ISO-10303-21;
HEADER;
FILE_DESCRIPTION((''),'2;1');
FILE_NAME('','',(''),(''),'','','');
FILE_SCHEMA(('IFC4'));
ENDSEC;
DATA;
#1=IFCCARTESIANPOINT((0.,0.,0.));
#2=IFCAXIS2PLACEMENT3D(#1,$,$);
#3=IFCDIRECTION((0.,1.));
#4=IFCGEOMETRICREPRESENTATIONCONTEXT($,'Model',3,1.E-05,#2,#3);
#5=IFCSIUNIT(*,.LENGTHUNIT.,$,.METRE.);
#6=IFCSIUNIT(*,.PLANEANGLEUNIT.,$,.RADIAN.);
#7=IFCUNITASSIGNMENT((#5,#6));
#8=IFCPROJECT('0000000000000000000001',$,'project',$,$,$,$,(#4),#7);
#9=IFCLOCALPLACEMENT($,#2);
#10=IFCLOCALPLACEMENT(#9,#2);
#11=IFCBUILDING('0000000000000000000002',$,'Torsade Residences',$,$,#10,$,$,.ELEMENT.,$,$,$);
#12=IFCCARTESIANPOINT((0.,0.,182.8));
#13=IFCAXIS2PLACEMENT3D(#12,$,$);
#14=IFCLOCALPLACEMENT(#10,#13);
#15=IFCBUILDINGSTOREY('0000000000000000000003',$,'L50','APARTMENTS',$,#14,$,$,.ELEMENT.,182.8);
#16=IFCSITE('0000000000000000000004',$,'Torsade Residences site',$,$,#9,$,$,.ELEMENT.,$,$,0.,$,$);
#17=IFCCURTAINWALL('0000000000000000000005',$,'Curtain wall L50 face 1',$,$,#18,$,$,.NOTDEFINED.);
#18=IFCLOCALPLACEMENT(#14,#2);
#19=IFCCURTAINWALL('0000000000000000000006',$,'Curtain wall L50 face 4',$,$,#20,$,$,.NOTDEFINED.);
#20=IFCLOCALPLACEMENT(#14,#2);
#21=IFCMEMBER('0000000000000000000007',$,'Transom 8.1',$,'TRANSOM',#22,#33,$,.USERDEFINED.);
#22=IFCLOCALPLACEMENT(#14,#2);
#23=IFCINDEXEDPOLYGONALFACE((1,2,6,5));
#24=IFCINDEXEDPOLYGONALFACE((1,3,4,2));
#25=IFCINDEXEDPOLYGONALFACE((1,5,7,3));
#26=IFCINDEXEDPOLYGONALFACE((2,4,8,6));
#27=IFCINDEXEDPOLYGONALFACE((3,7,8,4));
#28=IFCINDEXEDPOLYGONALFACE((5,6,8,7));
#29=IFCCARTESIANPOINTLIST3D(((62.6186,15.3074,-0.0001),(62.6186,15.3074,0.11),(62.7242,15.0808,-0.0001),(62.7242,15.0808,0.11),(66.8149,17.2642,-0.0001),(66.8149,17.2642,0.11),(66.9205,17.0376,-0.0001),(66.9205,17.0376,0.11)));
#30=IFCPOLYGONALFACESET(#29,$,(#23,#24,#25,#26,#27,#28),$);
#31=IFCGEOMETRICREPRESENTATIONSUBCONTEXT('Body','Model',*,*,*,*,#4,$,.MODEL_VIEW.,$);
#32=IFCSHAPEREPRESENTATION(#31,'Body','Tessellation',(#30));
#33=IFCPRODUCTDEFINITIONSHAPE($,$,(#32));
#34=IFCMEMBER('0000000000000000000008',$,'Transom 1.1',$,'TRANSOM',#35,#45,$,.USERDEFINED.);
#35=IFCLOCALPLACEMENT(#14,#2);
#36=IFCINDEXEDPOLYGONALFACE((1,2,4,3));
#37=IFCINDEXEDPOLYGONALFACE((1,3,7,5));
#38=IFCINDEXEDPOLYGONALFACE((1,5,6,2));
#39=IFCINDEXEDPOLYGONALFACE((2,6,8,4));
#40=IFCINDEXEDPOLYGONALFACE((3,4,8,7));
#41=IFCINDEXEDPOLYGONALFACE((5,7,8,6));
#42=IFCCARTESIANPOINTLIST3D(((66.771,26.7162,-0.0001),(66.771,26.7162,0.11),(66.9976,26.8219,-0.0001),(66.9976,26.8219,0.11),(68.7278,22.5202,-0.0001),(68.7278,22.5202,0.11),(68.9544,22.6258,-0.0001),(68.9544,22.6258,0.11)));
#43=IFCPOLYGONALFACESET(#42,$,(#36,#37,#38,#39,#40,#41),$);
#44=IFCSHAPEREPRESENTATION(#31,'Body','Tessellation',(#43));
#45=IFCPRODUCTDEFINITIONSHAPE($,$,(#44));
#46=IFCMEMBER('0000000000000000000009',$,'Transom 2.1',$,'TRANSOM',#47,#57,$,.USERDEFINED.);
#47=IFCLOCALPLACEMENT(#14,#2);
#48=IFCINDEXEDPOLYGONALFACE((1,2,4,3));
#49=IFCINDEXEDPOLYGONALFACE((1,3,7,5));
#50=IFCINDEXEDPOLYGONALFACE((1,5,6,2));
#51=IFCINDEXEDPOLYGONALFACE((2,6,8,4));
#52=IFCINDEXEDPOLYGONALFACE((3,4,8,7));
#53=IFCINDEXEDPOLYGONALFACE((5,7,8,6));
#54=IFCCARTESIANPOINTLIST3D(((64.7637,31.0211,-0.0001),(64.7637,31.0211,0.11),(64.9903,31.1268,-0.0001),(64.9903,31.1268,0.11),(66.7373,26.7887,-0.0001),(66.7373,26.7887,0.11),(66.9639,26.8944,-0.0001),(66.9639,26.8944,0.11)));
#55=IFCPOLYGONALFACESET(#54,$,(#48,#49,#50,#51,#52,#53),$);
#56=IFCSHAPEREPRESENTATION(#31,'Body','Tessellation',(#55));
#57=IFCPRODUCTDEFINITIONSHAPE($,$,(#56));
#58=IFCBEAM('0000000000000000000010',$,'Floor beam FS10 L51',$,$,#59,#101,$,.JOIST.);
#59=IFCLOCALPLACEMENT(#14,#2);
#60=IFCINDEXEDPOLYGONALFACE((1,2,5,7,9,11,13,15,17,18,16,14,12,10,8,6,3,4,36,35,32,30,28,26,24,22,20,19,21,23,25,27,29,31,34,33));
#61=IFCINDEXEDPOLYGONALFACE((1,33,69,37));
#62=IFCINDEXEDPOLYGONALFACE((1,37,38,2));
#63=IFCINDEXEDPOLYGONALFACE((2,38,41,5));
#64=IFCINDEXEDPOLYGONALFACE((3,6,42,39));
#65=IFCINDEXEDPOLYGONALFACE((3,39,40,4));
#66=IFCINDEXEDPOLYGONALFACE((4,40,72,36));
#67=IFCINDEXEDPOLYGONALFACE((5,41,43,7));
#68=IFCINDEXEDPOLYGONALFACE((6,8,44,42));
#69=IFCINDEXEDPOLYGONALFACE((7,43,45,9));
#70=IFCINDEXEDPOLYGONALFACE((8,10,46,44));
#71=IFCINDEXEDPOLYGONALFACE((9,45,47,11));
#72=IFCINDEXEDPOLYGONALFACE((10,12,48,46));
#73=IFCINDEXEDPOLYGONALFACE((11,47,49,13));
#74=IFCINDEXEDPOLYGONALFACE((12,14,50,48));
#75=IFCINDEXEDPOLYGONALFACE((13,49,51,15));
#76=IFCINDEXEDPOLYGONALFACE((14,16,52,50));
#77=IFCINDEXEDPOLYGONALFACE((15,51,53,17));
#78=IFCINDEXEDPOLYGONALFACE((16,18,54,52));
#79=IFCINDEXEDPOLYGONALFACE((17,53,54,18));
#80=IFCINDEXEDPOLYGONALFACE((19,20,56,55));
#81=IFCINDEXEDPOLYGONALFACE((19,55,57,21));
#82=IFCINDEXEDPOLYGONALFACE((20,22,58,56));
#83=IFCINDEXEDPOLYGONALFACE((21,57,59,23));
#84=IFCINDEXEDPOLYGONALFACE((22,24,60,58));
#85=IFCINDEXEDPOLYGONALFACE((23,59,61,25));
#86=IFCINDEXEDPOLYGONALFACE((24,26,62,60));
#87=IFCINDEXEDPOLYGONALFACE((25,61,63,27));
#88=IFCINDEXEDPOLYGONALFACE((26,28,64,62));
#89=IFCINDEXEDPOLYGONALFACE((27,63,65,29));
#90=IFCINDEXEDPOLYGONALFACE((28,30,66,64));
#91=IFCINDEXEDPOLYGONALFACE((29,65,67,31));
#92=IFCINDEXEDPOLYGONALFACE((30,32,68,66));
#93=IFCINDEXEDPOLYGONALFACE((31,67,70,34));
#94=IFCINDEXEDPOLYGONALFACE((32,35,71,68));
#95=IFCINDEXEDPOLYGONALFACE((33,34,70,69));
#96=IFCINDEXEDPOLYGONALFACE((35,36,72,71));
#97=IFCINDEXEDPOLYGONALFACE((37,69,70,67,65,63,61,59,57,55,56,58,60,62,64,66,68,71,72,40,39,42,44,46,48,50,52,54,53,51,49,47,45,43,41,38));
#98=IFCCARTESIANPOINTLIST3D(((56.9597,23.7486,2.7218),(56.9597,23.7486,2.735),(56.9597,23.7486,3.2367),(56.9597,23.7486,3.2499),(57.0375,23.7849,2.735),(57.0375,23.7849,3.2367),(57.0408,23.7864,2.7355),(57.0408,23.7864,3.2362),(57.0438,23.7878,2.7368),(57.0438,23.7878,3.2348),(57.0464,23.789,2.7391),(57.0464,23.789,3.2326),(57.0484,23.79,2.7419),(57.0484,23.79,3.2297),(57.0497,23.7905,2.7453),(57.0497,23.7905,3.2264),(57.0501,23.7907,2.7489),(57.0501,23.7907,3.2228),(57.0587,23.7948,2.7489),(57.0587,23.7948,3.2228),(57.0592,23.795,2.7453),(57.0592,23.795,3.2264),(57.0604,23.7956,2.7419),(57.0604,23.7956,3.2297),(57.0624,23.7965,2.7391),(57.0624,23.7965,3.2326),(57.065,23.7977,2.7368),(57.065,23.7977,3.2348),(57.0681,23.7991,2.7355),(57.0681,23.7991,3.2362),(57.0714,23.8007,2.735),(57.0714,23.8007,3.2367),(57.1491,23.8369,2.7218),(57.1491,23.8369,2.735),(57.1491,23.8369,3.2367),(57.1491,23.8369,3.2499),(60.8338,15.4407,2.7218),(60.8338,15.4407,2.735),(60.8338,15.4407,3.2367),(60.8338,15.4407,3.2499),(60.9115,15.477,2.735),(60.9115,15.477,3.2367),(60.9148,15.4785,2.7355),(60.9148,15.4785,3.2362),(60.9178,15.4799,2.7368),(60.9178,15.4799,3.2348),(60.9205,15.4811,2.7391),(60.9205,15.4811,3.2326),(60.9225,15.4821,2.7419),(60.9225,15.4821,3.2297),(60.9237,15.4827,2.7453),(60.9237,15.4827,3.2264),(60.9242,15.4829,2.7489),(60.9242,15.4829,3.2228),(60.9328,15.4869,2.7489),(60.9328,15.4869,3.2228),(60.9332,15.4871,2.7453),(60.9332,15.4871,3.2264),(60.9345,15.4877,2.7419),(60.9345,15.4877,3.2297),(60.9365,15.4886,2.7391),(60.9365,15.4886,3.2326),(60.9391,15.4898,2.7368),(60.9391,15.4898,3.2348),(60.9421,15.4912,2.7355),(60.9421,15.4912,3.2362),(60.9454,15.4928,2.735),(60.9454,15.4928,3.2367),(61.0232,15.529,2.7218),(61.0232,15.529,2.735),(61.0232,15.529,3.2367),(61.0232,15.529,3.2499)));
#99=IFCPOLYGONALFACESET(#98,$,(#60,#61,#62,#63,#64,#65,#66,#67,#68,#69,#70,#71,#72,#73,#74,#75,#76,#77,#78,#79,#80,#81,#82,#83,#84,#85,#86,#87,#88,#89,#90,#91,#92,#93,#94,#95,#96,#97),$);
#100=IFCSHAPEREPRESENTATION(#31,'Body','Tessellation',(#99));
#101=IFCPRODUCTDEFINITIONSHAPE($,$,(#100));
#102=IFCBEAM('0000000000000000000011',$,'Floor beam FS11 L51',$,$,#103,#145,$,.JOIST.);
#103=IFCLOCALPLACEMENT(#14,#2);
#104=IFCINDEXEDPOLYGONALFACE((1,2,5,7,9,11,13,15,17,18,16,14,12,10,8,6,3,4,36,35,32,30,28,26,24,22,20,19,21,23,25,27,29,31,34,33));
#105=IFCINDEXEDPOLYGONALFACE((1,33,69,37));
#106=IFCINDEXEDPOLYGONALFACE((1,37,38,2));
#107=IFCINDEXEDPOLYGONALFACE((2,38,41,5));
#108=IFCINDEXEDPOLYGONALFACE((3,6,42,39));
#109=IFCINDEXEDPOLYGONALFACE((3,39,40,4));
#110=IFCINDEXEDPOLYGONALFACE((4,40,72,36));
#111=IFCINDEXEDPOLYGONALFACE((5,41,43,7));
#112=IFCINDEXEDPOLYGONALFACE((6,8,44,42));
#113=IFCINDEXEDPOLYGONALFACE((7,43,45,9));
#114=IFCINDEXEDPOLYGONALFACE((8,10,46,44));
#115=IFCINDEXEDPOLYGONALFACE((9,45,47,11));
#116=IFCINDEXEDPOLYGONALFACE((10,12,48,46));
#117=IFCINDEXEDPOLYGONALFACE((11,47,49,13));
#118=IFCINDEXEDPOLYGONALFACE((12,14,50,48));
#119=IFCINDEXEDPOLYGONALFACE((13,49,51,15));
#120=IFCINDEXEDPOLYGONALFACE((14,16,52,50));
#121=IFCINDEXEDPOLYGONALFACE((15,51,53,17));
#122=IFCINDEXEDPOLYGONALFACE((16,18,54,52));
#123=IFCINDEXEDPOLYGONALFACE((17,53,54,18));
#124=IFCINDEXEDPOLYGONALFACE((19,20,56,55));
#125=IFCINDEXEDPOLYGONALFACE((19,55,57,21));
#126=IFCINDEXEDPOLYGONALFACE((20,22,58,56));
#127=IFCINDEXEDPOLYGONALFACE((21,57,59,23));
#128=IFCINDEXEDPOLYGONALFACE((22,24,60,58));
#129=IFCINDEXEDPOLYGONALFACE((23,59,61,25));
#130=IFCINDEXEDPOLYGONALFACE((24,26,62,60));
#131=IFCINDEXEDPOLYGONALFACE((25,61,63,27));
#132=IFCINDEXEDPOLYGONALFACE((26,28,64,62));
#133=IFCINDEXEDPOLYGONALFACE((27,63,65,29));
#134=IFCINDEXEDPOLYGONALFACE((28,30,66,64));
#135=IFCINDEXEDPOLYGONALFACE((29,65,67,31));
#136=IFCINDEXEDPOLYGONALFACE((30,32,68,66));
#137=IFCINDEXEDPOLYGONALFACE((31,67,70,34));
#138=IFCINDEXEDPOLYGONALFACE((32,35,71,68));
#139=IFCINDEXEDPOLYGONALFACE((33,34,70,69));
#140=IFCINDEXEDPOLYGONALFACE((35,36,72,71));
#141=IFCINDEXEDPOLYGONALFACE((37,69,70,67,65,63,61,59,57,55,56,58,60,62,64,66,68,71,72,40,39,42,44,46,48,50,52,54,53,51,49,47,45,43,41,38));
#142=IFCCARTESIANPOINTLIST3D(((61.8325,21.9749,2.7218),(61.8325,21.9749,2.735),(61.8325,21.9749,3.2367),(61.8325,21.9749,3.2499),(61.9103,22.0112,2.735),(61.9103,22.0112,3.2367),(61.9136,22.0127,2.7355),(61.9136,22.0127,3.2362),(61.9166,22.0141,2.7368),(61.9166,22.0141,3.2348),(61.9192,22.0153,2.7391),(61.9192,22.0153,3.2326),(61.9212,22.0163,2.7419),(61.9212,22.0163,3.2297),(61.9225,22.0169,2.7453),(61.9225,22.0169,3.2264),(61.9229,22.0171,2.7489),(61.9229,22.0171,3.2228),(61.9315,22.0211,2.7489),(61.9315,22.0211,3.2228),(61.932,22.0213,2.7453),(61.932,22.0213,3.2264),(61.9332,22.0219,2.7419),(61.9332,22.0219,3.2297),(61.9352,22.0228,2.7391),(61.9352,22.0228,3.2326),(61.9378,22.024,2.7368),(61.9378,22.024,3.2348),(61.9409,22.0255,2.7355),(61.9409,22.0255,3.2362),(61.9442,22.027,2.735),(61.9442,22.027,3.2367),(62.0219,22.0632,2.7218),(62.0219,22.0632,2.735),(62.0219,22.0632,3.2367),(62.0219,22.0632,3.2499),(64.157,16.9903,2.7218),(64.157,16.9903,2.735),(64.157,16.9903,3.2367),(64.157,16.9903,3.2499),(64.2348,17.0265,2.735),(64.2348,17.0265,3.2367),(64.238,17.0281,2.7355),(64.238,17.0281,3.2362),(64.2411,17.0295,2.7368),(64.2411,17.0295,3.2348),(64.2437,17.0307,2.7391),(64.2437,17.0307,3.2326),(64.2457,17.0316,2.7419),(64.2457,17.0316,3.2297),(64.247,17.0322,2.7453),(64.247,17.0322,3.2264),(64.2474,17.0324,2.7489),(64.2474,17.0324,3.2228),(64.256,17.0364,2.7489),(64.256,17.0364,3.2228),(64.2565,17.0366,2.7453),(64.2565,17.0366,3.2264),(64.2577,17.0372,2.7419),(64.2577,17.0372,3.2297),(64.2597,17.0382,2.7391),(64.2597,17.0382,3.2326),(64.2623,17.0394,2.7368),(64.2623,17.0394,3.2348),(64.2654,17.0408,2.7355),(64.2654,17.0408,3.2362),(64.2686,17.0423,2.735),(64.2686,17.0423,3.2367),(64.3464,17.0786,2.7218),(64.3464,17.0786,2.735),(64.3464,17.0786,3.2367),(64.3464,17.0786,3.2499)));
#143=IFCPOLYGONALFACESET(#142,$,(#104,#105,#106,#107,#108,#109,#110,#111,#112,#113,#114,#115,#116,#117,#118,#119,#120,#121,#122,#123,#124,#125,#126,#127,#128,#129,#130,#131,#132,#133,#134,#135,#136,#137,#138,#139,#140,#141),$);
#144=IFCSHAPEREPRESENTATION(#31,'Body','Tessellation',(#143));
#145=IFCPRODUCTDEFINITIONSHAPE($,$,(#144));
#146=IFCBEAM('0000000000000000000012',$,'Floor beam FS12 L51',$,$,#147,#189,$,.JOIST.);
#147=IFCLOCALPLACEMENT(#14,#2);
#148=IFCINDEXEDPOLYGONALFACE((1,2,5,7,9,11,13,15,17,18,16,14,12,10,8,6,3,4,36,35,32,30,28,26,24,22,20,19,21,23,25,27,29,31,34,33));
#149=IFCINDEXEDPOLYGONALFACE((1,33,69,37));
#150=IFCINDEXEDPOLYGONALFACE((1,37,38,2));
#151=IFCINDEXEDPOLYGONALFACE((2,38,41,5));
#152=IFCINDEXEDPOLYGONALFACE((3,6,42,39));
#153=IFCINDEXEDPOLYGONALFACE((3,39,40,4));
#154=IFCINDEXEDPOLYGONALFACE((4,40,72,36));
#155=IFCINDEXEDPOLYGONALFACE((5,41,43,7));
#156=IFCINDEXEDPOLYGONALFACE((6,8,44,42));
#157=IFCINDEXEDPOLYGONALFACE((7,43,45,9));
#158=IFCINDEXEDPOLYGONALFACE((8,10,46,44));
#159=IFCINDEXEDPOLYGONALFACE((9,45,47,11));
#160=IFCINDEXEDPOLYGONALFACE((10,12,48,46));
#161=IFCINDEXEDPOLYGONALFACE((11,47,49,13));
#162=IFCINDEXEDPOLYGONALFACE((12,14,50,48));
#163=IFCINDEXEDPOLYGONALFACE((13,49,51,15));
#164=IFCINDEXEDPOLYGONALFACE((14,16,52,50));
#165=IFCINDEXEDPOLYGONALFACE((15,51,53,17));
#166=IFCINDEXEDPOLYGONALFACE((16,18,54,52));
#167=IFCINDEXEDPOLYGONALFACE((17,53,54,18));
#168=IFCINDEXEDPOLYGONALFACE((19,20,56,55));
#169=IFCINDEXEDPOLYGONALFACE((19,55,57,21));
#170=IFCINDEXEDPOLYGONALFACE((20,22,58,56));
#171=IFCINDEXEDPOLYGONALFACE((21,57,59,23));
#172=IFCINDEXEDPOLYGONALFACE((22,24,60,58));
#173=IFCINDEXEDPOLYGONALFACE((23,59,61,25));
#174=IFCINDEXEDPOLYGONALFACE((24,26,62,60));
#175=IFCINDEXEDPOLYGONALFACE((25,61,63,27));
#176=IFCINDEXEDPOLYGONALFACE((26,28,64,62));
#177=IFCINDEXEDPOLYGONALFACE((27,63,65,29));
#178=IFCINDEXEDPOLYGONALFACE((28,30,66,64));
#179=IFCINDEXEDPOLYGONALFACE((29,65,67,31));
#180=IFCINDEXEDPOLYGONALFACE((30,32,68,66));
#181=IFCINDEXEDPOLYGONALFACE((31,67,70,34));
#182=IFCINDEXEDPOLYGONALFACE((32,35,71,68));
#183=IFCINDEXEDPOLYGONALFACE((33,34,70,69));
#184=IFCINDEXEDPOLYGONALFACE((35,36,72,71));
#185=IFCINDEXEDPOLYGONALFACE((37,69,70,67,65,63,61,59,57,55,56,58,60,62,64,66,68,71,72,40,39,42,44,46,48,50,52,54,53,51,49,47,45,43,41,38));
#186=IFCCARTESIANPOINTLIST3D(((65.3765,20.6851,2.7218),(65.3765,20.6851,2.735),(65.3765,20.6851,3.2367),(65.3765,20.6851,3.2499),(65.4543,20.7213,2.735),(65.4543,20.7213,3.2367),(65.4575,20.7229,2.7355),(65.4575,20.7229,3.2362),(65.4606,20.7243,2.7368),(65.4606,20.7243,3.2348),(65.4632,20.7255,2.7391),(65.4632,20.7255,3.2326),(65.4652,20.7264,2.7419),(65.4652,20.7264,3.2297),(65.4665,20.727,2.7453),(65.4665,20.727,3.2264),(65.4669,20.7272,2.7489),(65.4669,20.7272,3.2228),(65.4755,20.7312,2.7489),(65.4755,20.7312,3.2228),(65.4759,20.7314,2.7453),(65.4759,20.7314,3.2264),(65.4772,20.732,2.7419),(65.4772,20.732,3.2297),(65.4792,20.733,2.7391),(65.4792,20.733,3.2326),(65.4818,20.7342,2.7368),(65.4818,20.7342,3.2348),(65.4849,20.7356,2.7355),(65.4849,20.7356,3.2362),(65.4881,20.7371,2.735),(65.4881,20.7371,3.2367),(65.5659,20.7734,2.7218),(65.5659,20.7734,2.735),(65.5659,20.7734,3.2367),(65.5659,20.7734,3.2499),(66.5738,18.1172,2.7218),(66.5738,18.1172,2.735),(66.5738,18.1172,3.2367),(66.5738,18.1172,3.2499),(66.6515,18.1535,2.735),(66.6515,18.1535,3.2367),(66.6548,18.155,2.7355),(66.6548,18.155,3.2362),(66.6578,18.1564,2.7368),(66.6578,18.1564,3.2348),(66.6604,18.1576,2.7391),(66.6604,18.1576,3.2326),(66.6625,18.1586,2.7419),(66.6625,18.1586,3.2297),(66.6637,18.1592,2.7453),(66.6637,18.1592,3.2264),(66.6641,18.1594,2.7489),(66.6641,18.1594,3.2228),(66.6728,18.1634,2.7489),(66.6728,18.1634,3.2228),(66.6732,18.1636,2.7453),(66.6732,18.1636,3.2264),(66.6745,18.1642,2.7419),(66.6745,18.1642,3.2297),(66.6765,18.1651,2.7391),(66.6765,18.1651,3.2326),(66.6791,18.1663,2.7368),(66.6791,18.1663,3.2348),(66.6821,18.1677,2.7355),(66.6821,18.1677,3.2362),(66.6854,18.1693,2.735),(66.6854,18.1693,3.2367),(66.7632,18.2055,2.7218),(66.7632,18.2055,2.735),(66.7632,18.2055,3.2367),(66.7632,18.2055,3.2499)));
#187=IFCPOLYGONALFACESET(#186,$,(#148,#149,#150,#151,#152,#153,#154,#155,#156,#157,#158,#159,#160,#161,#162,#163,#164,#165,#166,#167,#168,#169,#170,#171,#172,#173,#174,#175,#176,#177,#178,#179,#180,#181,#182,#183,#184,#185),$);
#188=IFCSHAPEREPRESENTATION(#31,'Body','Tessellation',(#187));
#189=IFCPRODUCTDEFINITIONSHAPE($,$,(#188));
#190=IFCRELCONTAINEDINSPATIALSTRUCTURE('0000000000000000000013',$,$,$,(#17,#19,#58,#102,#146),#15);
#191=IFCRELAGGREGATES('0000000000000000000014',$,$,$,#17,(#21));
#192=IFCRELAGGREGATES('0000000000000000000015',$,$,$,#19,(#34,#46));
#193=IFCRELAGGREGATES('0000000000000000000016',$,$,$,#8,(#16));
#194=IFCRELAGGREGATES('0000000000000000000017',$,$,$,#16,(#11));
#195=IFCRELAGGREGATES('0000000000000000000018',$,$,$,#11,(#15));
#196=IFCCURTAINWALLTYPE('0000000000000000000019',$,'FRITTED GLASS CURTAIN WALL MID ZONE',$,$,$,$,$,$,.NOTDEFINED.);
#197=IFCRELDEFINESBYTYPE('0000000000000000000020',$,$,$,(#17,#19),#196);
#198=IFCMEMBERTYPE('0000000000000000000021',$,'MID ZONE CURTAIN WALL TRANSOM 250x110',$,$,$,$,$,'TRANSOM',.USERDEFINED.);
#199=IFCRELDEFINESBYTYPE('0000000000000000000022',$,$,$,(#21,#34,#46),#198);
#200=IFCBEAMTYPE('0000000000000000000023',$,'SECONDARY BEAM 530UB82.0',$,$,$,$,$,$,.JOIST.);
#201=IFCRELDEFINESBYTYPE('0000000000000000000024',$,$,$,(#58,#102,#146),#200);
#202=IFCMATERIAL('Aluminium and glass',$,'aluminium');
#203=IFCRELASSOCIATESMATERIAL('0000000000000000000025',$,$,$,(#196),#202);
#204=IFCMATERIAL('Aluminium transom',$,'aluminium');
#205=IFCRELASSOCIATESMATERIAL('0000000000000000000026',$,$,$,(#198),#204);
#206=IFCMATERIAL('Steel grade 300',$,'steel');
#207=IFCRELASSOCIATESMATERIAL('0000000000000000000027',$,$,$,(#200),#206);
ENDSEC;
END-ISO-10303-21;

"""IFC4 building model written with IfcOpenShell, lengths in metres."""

from ifc_helpers import new_model, si_unit, direction, frame, origin, origin_2d, place, context, subcontext, project, spatial, rectangle, i_section, extrude, material, material_profile, profile_set, type_object, element, aggregate, save


model = new_model("IFC4")

# Units and contexts
model_context = context("Model", 3, precision=1e-05, world=origin(), true_north=direction((0.0, 1.0)))
body_context = subcontext(model_context, "Body", "Model", "MODEL_VIEW")
ifc_project = project(units=[si_unit("LENGTHUNIT", "METRE"), si_unit("PLANEANGLEUNIT", "RADIAN")], contexts=[model_context])

# Site, building, storey
site_placement = place(None, origin())
site = spatial("IfcSite", under=ifc_project, at=site_placement, Name="Torsade Residences site", CompositionType="ELEMENT", RefElevation=0.0)
building_placement = place(site_placement, origin())
building = spatial("IfcBuilding", under=site, at=building_placement, Name="Torsade Residences", CompositionType="ELEMENT")
storey_placement = place(building_placement, frame((0.0, 0.0, 182.8)))
storey = spatial("IfcBuildingStorey", under=building, at=storey_placement, Name="L50", Description="APARTMENTS", CompositionType="ELEMENT", Elevation=182.8)

# Curtain walls
ifc_material_1 = material(Name="Aluminium and glass", Category="aluminium")
curtain_wall_type = type_object("IfcCurtainWallType", Name="FRITTED GLASS CURTAIN WALL MID ZONE", PredefinedType="NOTDEFINED", material=ifc_material_1)
curtain_wall_1_placement = place(storey_placement, origin())
curtain_wall_1 = element("IfcCurtainWall", 1, at=curtain_wall_1_placement, inside=storey, type_object=curtain_wall_type, Name="Curtain wall L50 face 1", PredefinedType="NOTDEFINED")
curtain_wall_2_placement = place(storey_placement, origin())
curtain_wall_2 = element("IfcCurtainWall", 2, at=curtain_wall_2_placement, inside=storey, type_object=curtain_wall_type, Name="Curtain wall L50 face 4", PredefinedType="NOTDEFINED")

# Members
ifc_material_2 = material(Name="Aluminium transom", Category="aluminium")
ifc_material_profile_1 = material_profile(ifc_material_2, rectangle(XDim=0.25, YDim=0.1101, at=origin_2d()), Name="MID ZONE CURTAIN WALL TRANSOM 250x110")
ifc_profile_set_1 = profile_set([ifc_material_profile_1], Name="Aluminium transom")
member_type_1 = type_object("IfcMemberType", Name="MID ZONE CURTAIN WALL TRANSOM 250x110", ElementType="TRANSOM", PredefinedType="USERDEFINED", material=ifc_profile_set_1)
member_1_placement = place(storey_placement, frame((62.6714, 15.1941, 0.0549), z_axis=(0.906306, 0.422623, 0.0), x_axis=(-0.422623, 0.906306, 0.0)))
member_1 = element("IfcMember", 3, at=member_1_placement, type_object=member_type_1, Name="Transom 8.1", ObjectType="TRANSOM", PredefinedType="USERDEFINED", context=body_context, shape_type="SweptSolid", body=[
    extrude(rectangle(XDim=0.25, YDim=0.1101, at=origin_2d()), origin(), (0.0, 0.0, 1.0), 4.6301),
])
member_2_placement = place(storey_placement, frame((68.8411, 22.573, 0.0549), z_axis=(-0.422643, 0.906296, 0.0), x_axis=(-0.906296, -0.422643, 0.0)))
member_2 = element("IfcMember", 4, at=member_2_placement, type_object=member_type_1, Name="Transom 1.1", ObjectType="TRANSOM", PredefinedType="USERDEFINED", context=body_context, shape_type="SweptSolid", body=[
    extrude(rectangle(XDim=0.25, YDim=0.1101, at=origin_2d()), origin(), (0.0, 0.0, 1.0), 4.6299),
])
member_3_placement = place(storey_placement, frame((66.8506, 26.8416, 0.0549), z_axis=(-0.422622, 0.906306, 0.0), x_axis=(-0.906306, -0.422622, 0.0)))
member_3 = element("IfcMember", 5, at=member_3_placement, type_object=member_type_1, Name="Transom 2.1", ObjectType="TRANSOM", PredefinedType="USERDEFINED", context=body_context, shape_type="SweptSolid", body=[
    extrude(rectangle(XDim=0.25, YDim=0.1101, at=origin_2d()), origin(), (0.0, 0.0, 1.0), 4.6699),
])

# Beams
ifc_material_3 = material(Name="Steel grade 300", Category="steel")
ifc_material_profile_2 = material_profile(ifc_material_3, i_section(OverallWidth=0.209, OverallDepth=0.5281, WebThickness=0.0095, FlangeThickness=0.0132, FilletRadius=0.0139, at=origin_2d()), Name="530UB82.0")
ifc_profile_set_2 = profile_set([ifc_material_profile_2], Name="Steel grade 300")
beam_type_1 = type_object("IfcBeamType", Name="SECONDARY BEAM 530UB82.0", PredefinedType="JOIST", material=ifc_profile_set_2)
beam_1_placement = place(storey_placement, frame((60.9285, 15.4849, 2.9858), z_axis=(-0.422619, 0.906308, 0.0), x_axis=(-0.906308, -0.422619, 0.0)))
element("IfcBeam", 6, at=beam_1_placement, inside=storey, type_object=beam_type_1, Name="Floor beam FS10 L51", PredefinedType="JOIST", context=body_context, shape_type="SweptSolid", body=[
    extrude(i_section(OverallWidth=0.209, OverallDepth=0.5281, WebThickness=0.0095, FlangeThickness=0.0132, FilletRadius=0.0139, at=origin_2d()), origin(), (0.0, 0.0, 1.0), 9.1667),
])
beam_2_placement = place(storey_placement, frame((64.2517, 17.0344, 2.9858), z_axis=(-0.422633, 0.906301, 0.0), x_axis=(-0.906301, -0.422633, 0.0)))
element("IfcBeam", 7, at=beam_2_placement, inside=storey, type_object=beam_type_1, Name="Floor beam FS11 L51", PredefinedType="JOIST", context=body_context, shape_type="SweptSolid", body=[
    extrude(i_section(OverallWidth=0.209, OverallDepth=0.5281, WebThickness=0.0095, FlangeThickness=0.0132, FilletRadius=0.0139, at=origin_2d()), origin(), (0.0, 0.0, 1.0), 5.5),
])
for number, where, z_axis, x_axis, name in (
    (8, (66.6685, 18.1614, 2.9858), (-0.422574, 0.906328, 0.0), (-0.906328, -0.422574, 0.0), "Floor beam FS12 L51"),
):
    element("IfcBeam", number, at=place(storey_placement, frame(where, z_axis=z_axis, x_axis=x_axis)), inside=storey, type_object=beam_type_1, Name=name, PredefinedType="JOIST", context=body_context, shape_type="SweptSolid", body=[
        extrude(i_section(OverallWidth=0.209, OverallDepth=0.5281, WebThickness=0.0095, FlangeThickness=0.0132, FilletRadius=0.0139, at=origin_2d()), origin(), (0.0, 0.0, 1.0), 2.8333),
    ])

aggregate(curtain_wall_1, [member_1])
aggregate(curtain_wall_2, [member_2, member_3])

save(model, "model.ifc")
